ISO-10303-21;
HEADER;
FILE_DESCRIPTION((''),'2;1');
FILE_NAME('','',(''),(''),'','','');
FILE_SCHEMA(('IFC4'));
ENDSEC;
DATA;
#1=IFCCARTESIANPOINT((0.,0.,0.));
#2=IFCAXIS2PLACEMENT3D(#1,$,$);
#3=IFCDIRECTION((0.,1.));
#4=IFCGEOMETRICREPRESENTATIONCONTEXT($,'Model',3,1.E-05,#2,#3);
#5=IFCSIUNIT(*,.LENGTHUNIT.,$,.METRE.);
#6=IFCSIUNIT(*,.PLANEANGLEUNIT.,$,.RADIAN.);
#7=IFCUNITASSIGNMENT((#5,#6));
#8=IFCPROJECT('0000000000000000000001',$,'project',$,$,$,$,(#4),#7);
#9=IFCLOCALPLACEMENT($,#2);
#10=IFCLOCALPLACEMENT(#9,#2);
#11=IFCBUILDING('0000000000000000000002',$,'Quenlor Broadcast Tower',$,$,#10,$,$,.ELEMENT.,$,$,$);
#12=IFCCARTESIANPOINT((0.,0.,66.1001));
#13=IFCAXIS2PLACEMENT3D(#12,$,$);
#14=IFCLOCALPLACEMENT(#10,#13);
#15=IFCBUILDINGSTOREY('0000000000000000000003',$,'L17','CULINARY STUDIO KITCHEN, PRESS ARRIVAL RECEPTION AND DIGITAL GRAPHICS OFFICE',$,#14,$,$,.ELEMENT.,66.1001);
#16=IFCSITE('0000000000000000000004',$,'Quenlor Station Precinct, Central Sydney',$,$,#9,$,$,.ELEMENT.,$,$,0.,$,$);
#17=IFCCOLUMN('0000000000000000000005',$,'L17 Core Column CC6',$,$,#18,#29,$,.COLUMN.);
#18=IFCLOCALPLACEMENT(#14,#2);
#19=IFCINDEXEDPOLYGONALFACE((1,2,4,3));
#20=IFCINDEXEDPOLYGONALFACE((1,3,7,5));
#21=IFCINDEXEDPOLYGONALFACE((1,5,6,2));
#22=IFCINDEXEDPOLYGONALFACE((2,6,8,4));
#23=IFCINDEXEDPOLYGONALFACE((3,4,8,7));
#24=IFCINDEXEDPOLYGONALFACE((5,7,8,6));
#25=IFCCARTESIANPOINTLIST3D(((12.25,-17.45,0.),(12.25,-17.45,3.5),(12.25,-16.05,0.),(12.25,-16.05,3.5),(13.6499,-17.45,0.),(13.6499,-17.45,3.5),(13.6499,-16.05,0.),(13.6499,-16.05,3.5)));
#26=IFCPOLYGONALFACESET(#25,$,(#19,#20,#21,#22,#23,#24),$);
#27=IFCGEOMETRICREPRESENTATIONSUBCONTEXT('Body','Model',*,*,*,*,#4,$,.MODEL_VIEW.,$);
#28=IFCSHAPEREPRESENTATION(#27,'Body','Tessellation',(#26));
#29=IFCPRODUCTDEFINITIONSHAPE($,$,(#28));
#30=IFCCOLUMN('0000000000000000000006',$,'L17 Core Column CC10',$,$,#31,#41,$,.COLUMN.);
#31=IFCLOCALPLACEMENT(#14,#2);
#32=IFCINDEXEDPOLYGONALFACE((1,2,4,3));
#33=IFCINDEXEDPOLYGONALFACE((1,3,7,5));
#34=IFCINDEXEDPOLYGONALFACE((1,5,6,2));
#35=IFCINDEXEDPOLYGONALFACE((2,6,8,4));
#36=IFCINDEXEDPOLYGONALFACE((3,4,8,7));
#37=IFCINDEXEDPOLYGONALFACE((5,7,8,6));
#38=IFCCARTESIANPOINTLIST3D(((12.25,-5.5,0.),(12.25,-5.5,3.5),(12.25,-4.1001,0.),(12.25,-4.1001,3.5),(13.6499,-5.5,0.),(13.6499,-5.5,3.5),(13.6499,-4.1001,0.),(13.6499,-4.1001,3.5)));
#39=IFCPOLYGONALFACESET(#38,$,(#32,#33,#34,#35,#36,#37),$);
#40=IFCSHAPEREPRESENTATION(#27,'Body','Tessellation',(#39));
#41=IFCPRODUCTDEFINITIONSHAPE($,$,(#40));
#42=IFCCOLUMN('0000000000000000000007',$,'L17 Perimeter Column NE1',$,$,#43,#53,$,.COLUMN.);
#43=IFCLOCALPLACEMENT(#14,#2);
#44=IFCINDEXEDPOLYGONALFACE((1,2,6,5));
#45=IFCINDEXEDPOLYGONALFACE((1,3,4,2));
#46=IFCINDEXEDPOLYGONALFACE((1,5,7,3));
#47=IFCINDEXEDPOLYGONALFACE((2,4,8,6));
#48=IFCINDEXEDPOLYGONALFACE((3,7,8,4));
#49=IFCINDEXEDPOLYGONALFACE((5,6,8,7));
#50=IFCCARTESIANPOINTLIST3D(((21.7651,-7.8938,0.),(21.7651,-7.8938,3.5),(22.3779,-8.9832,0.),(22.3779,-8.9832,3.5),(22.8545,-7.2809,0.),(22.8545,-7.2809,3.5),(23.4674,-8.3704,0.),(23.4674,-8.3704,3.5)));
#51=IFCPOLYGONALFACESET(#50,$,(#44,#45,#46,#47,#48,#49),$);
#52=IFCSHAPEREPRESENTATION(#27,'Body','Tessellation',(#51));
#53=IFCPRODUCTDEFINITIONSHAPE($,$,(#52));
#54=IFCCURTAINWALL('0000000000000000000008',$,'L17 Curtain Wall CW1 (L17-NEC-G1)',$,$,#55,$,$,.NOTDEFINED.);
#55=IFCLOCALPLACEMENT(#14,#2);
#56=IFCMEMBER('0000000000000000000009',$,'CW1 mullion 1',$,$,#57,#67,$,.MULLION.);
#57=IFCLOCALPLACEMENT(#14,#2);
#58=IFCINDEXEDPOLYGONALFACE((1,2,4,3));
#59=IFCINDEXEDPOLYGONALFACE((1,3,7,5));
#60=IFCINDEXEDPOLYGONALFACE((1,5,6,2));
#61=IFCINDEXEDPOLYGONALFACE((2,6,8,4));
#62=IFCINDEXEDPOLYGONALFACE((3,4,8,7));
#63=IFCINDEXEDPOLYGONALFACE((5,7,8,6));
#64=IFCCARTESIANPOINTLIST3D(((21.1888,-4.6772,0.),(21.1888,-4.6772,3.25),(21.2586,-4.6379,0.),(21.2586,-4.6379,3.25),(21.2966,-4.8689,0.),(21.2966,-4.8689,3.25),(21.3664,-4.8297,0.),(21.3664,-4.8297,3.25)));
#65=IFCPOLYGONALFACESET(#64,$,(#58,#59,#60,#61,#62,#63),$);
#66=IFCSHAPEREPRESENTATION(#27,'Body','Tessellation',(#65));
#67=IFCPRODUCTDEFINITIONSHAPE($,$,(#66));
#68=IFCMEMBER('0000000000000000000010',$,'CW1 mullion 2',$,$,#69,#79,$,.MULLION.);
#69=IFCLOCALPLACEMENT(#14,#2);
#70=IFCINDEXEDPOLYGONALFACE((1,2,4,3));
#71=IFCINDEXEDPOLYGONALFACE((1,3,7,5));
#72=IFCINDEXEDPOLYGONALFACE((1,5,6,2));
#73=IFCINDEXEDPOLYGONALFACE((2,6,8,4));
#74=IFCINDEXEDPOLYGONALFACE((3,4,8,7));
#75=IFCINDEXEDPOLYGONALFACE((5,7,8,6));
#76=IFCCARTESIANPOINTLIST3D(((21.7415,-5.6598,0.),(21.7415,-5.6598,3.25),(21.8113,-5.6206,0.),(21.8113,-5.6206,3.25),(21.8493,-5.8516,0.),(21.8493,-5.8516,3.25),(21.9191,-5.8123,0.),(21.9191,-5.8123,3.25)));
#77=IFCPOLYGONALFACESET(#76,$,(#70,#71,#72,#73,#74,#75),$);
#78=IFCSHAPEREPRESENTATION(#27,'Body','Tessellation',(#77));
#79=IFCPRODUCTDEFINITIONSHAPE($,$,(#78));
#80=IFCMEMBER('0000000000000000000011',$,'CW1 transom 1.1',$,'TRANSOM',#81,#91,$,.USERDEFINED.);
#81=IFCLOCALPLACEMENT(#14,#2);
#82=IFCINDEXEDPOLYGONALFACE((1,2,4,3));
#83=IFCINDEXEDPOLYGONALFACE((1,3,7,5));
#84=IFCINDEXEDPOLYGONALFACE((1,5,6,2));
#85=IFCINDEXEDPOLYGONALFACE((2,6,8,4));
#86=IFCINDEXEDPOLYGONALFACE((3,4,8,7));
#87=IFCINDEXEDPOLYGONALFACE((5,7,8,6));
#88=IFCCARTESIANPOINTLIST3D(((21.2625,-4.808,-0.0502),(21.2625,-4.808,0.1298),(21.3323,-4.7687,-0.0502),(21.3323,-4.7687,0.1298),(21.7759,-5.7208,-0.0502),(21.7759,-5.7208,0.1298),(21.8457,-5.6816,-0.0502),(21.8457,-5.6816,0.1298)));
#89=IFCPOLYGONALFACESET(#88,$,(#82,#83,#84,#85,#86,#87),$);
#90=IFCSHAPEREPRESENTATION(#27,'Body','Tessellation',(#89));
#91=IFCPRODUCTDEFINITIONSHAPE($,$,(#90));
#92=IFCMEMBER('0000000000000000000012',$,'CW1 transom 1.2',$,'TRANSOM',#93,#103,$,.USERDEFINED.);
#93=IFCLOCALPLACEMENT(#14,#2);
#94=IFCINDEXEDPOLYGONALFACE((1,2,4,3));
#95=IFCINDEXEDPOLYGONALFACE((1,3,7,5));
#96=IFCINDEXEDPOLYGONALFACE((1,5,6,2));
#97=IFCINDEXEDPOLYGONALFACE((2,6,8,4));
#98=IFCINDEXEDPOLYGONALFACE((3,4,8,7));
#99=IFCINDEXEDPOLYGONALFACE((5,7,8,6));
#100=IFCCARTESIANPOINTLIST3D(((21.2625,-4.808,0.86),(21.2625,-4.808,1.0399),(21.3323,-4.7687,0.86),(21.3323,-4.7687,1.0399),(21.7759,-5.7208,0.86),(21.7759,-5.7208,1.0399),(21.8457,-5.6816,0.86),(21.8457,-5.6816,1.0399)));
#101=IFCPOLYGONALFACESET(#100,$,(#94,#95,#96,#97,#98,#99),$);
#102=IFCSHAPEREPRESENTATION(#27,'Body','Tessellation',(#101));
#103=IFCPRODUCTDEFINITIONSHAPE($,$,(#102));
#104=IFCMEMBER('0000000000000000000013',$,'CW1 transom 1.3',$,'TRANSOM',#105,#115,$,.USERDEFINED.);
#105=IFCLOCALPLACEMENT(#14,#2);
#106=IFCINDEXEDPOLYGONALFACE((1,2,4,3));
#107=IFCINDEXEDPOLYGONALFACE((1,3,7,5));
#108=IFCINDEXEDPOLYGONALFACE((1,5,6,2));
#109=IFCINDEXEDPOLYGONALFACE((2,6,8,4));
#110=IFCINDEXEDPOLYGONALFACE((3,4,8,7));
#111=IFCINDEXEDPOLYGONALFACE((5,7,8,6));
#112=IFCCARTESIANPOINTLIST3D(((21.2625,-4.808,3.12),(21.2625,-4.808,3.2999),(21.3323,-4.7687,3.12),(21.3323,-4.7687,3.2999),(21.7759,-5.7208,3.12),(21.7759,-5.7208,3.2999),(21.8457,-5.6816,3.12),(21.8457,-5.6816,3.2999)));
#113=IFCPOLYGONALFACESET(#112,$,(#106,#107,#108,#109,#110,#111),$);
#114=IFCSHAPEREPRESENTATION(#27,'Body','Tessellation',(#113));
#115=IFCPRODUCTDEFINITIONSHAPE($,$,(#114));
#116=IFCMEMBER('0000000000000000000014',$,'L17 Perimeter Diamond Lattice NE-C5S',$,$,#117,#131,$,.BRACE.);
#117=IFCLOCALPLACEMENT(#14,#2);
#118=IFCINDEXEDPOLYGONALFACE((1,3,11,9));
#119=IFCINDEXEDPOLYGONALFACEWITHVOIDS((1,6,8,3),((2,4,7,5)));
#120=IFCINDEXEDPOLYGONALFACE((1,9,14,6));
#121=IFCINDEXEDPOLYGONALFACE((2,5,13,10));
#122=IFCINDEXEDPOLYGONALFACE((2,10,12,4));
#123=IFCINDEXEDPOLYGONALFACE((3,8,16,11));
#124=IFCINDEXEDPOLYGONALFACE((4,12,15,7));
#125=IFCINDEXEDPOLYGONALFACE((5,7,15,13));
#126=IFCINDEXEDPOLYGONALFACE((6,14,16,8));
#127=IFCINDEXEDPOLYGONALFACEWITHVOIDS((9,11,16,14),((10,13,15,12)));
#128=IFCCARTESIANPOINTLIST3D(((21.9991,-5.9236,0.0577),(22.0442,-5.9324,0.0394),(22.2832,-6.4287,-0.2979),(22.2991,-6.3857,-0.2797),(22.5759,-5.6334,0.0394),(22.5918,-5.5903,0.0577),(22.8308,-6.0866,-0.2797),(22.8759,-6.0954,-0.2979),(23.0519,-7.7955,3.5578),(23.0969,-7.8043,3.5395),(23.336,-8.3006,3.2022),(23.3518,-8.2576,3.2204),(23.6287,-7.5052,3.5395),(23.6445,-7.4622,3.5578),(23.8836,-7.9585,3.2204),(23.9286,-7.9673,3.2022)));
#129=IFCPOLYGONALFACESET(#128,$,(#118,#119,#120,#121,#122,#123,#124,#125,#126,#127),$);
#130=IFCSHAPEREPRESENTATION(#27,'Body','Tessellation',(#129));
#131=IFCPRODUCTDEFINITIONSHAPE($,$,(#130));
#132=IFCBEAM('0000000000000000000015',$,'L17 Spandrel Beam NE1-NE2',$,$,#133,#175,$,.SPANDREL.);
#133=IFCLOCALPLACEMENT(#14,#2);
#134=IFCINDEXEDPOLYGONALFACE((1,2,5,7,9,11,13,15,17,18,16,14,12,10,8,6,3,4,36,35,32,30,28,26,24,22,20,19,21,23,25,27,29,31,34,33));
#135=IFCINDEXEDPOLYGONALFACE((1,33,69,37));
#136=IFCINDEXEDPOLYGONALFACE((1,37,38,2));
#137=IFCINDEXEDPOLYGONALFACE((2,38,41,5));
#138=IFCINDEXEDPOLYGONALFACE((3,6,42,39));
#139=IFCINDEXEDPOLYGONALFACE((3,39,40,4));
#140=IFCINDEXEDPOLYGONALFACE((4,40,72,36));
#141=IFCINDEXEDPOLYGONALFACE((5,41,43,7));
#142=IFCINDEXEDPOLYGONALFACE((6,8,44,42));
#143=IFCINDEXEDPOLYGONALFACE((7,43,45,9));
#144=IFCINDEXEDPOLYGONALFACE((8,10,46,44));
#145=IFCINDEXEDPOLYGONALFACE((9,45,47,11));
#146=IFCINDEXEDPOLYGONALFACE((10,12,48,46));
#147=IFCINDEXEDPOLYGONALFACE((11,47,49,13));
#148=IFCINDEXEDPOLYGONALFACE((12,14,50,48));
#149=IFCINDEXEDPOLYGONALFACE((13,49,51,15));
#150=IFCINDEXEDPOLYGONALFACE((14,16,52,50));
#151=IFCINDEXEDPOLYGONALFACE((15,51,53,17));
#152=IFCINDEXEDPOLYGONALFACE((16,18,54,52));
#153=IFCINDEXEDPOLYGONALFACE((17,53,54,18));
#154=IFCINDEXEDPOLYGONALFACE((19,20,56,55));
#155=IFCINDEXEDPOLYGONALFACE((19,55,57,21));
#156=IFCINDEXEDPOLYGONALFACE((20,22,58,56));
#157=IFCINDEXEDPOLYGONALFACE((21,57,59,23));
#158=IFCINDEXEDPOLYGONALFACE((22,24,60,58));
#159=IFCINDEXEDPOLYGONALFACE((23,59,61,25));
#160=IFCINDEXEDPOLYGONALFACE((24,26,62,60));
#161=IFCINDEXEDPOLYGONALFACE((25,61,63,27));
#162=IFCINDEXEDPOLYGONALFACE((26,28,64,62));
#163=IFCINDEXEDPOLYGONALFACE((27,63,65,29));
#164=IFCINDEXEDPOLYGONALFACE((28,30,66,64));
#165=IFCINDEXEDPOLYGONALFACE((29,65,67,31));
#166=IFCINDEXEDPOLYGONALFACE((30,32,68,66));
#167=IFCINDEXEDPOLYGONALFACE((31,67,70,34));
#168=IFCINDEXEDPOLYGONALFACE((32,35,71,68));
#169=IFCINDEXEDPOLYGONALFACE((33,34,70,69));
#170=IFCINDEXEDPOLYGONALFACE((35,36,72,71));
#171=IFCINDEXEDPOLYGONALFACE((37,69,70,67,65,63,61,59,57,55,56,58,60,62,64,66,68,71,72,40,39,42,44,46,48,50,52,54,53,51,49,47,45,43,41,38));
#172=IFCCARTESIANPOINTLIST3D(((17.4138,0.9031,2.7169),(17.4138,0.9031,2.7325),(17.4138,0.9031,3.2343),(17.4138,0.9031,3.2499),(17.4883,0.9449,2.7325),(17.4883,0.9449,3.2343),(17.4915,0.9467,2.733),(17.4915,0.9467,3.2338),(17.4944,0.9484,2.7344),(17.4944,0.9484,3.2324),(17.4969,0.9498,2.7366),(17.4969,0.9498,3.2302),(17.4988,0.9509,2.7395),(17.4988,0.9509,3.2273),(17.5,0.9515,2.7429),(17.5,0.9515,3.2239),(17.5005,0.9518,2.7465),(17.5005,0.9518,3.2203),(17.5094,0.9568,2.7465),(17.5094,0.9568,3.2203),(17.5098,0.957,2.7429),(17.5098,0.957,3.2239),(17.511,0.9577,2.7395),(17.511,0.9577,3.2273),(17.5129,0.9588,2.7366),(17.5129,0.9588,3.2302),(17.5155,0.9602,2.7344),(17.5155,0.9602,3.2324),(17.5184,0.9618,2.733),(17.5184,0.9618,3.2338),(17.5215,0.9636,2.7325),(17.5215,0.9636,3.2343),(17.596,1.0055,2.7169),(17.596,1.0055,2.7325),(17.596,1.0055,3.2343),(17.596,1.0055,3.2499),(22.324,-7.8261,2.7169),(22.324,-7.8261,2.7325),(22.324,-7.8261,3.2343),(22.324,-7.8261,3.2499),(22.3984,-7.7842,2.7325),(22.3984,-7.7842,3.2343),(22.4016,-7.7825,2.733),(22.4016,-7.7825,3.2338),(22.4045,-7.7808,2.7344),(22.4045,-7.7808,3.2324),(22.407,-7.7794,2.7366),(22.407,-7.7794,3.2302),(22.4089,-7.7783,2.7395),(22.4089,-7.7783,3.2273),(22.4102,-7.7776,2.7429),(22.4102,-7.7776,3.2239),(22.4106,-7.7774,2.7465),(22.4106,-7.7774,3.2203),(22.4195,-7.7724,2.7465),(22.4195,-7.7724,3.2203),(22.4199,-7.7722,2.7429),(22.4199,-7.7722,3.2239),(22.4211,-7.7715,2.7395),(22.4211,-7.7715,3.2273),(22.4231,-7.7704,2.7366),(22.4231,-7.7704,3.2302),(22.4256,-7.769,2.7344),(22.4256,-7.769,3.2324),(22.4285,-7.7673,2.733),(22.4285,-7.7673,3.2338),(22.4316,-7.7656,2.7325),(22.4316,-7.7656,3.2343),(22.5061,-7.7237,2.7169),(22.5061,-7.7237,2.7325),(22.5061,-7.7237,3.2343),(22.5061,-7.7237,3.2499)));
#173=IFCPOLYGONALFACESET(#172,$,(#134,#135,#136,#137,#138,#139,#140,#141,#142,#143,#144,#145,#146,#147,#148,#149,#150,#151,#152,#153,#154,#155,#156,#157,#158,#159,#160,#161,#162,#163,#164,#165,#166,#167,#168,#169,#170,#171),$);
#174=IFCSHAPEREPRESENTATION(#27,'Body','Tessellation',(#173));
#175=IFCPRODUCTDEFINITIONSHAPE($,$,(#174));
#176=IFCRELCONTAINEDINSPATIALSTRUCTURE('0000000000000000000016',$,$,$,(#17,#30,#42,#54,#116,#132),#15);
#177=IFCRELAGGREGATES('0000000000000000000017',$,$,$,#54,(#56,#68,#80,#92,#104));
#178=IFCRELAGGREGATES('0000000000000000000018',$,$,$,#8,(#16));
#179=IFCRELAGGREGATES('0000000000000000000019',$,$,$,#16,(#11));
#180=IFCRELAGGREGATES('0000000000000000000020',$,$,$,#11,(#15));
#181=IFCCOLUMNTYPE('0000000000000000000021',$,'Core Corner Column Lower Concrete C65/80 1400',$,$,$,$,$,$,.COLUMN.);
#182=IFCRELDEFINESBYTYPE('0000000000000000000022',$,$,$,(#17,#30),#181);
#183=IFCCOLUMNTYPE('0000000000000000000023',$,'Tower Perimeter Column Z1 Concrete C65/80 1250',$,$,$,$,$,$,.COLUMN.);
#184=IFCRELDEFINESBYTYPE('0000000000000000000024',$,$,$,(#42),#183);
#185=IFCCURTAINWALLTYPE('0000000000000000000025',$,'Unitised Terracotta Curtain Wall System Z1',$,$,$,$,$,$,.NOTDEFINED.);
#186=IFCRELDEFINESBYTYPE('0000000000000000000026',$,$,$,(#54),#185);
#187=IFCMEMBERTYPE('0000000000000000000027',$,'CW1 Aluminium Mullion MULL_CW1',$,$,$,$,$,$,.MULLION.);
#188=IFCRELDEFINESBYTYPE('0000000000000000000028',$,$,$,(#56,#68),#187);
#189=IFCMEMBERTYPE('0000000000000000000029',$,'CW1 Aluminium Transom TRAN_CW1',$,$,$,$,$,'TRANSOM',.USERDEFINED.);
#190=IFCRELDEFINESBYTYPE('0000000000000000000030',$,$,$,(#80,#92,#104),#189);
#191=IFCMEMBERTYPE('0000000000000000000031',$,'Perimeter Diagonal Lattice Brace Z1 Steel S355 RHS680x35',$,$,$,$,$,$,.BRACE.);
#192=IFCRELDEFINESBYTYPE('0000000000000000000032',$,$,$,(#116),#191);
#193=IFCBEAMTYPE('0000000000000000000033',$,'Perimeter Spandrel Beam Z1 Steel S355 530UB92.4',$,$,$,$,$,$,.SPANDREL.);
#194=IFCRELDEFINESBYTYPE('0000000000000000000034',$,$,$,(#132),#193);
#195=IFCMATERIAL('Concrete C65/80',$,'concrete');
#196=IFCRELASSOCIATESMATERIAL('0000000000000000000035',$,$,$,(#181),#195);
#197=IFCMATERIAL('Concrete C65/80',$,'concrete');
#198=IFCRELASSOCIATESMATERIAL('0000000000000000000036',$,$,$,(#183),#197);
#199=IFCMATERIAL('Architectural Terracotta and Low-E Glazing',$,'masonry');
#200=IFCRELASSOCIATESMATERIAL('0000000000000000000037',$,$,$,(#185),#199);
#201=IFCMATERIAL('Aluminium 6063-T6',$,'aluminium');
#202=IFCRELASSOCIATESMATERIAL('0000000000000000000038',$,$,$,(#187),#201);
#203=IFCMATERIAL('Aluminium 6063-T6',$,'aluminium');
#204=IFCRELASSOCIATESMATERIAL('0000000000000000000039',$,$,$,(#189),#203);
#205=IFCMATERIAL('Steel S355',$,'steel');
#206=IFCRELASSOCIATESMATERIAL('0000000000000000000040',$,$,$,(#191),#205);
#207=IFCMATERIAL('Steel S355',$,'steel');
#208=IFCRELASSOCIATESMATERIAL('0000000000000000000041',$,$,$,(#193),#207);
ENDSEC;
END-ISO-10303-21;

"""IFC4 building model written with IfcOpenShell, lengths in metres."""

from ifc_helpers import new_model, si_unit, direction, frame, origin, origin_2d, place, context, subcontext, project, spatial, rectangle, hollow_rectangle, i_section, extrude, material, material_profile, profile_set, type_object, element, aggregate, save


model = new_model("IFC4")

# Units and contexts
model_context = context("Model", 3, precision=1e-05, world=origin(), true_north=direction((0.0, 1.0)))
body_context = subcontext(model_context, "Body", "Model", "MODEL_VIEW")
ifc_project = project(units=[si_unit("LENGTHUNIT", "METRE"), si_unit("PLANEANGLEUNIT", "RADIAN")], contexts=[model_context])

# Site, building, storey
site_placement = place(None, origin())
site = spatial("IfcSite", under=ifc_project, at=site_placement, Name="Quenlor Station Precinct, Central Sydney", CompositionType="ELEMENT", RefElevation=0.0)
building_placement = place(site_placement, origin())
building = spatial("IfcBuilding", under=site, at=building_placement, Name="Quenlor Broadcast Tower", CompositionType="ELEMENT")
storey_placement = place(building_placement, frame((0.0, 0.0, 66.1001)))
storey = spatial("IfcBuildingStorey", under=building, at=storey_placement, Name="L17", Description="CULINARY STUDIO KITCHEN, PRESS ARRIVAL RECEPTION AND DIGITAL GRAPHICS OFFICE", CompositionType="ELEMENT", Elevation=66.1001)

# Columns
ifc_material_1 = material(Name="Concrete C65/80", Category="concrete")
ifc_material_profile_1 = material_profile(ifc_material_1, rectangle(XDim=1.3999, YDim=1.3999, at=origin_2d()))
ifc_profile_set_1 = profile_set([ifc_material_profile_1], Name="Concrete C65/80 RC1400x1400")
column_type_1 = type_object("IfcColumnType", Name="Core Corner Column Lower Concrete C65/80 1400", PredefinedType="COLUMN", material=ifc_profile_set_1)
for number, where, z_axis, x_axis, name in (
    (1, (12.95, -16.75, 0.0), (0.0, 0.0, 1.0), (1.0, 0.0, 0.0), "L17 Core Column CC6"),
    (2, (12.95, -4.8, 0.0), (0.0, 0.0, 1.0), (1.0, 0.0, 0.0), "L17 Core Column CC10"),
):
    element("IfcColumn", number, at=place(storey_placement, frame(where, z_axis=z_axis, x_axis=x_axis)), inside=storey, type_object=column_type_1, Name=name, PredefinedType="COLUMN", context=body_context, shape_type="SweptSolid", body=[
        extrude(rectangle(XDim=1.3999, YDim=1.3999, at=origin_2d()), origin(), (0.0, 0.0, 1.0), 3.5),
    ])
ifc_material_2 = material(Name="Concrete C65/80", Category="concrete")
ifc_material_profile_2 = material_profile(ifc_material_2, rectangle(XDim=1.25, YDim=1.25, at=origin_2d()))
ifc_profile_set_2 = profile_set([ifc_material_profile_2], Name="Concrete C65/80 RC1250x1250")
column_type_2 = type_object("IfcColumnType", Name="Tower Perimeter Column Z1 Concrete C65/80 1250", PredefinedType="COLUMN", material=ifc_profile_set_2)
column_placement = place(storey_placement, frame((22.6162, -8.1321, 0.0), z_axis=(0.0, 0.0, 1.0), x_axis=(0.871575, 0.490262, 0.0)))
element("IfcColumn", 3, at=column_placement, inside=storey, type_object=column_type_2, Name="L17 Perimeter Column NE1", PredefinedType="COLUMN", context=body_context, shape_type="SweptSolid", body=[
    extrude(rectangle(XDim=1.25, YDim=1.25, at=origin_2d()), origin(), (0.0, 0.0, 1.0), 3.5),
])

# Curtain wall, members
ifc_material_3 = material(Name="Architectural Terracotta and Low-E Glazing", Category="masonry")
curtain_wall_type = type_object("IfcCurtainWallType", Name="Unitised Terracotta Curtain Wall System Z1", PredefinedType="NOTDEFINED", material=ifc_material_3)
curtain_wall_placement = place(storey_placement, origin())
curtain_wall = element("IfcCurtainWall", 4, at=curtain_wall_placement, inside=storey, type_object=curtain_wall_type, Name="L17 Curtain Wall CW1 (L17-NEC-G1)", PredefinedType="NOTDEFINED")
ifc_material_4 = material(Name="Aluminium 6063-T6", Category="aluminium")
ifc_material_profile_3 = material_profile(ifc_material_4, rectangle(XDim=0.0801, YDim=0.22, at=origin_2d()))
ifc_profile_set_3 = profile_set([ifc_material_profile_3], Name="Aluminium 6063-T6 MULL80x220")
member_type_1 = type_object("IfcMemberType", Name="CW1 Aluminium Mullion MULL_CW1", PredefinedType="MULLION", material=ifc_profile_set_3)
member_1_placement = place(storey_placement, frame((21.2776, -4.7534, 0.0), z_axis=(0.0, 0.0, 1.0), x_axis=(0.871602, 0.490214, 0.0)))
member_1 = element("IfcMember", 5, at=member_1_placement, type_object=member_type_1, Name="CW1 mullion 1", PredefinedType="MULLION", context=body_context, shape_type="SweptSolid", body=[
    extrude(rectangle(XDim=0.0801, YDim=0.22, at=origin_2d()), origin(), (0.0, 0.0, 1.0), 3.25),
])
member_2_placement = place(storey_placement, frame((21.8303, -5.7361, 0.0), z_axis=(0.0, 0.0, 1.0), x_axis=(0.871602, 0.490214, 0.0)))
member_2 = element("IfcMember", 6, at=member_2_placement, type_object=member_type_1, Name="CW1 mullion 2", PredefinedType="MULLION", context=body_context, shape_type="SweptSolid", body=[
    extrude(rectangle(XDim=0.0801, YDim=0.22, at=origin_2d()), origin(), (0.0, 0.0, 1.0), 3.25),
])
ifc_material_5 = material(Name="Aluminium 6063-T6", Category="aluminium")
ifc_material_profile_4 = material_profile(ifc_material_5, rectangle(XDim=0.0801, YDim=0.1799, at=origin_2d()))
ifc_profile_set_4 = profile_set([ifc_material_profile_4], Name="Aluminium 6063-T6 TRAN80x180")
member_type_2 = type_object("IfcMemberType", Name="CW1 Aluminium Transom TRAN_CW1", ElementType="TRANSOM", PredefinedType="USERDEFINED", material=ifc_profile_set_4)
member_3_placement = place(storey_placement, frame((21.2974, -4.7883, 0.0398), z_axis=(0.490228, -0.871594, 0.0), x_axis=(0.871594, 0.490228, 0.0)))
member_3 = element("IfcMember", 7, at=member_3_placement, type_object=member_type_2, Name="CW1 transom 1.1", ObjectType="TRANSOM", PredefinedType="USERDEFINED", context=body_context, shape_type="SweptSolid", body=[
    extrude(rectangle(XDim=0.0801, YDim=0.1799, at=origin_2d()), origin(), (0.0, 0.0, 1.0), 1.0474),
])
member_4_placement = place(storey_placement, frame((21.2974, -4.7883, 0.95), z_axis=(0.490228, -0.871594, 0.0), x_axis=(0.871594, 0.490228, 0.0)))
member_4 = element("IfcMember", 8, at=member_4_placement, type_object=member_type_2, Name="CW1 transom 1.2", ObjectType="TRANSOM", PredefinedType="USERDEFINED", context=body_context, shape_type="SweptSolid", body=[
    extrude(rectangle(XDim=0.0801, YDim=0.1799, at=origin_2d()), origin(), (0.0, 0.0, 1.0), 1.0474),
])
member_5_placement = place(storey_placement, frame((21.2974, -4.7883, 3.21), z_axis=(0.490228, -0.871594, 0.0), x_axis=(0.871594, 0.490228, 0.0)))
member_5 = element("IfcMember", 9, at=member_5_placement, type_object=member_type_2, Name="CW1 transom 1.3", ObjectType="TRANSOM", PredefinedType="USERDEFINED", context=body_context, shape_type="SweptSolid", body=[
    extrude(rectangle(XDim=0.0801, YDim=0.1799, at=origin_2d()), origin(), (0.0, 0.0, 1.0), 1.0474),
])

# Member
ifc_material_6 = material(Name="Steel S355", Category="steel")
ifc_material_profile_5 = material_profile(ifc_material_6, hollow_rectangle(XDim=0.6799, YDim=0.6799, WallThickness=0.0349, at=origin_2d()))
ifc_profile_set_5 = profile_set([ifc_material_profile_5], Name="Steel S355 RHS680x680x35")
member_type_3 = type_object("IfcMemberType", Name="Perimeter Diagonal Lattice Brace Z1 Steel S355 RHS680x35", PredefinedType="BRACE", material=ifc_profile_set_5)
member_6_placement = place(storey_placement, frame((22.4375, -6.0095, -0.1201), z_axis=(0.256368, -0.455839, 0.852342), x_axis=(0.871609, 0.490202, 0.0)))
element("IfcMember", 10, at=member_6_placement, inside=storey, type_object=member_type_3, Name="L17 Perimeter Diamond Lattice NE-C5S", PredefinedType="BRACE", context=body_context, shape_type="SweptSolid", body=[
    extrude(hollow_rectangle(XDim=0.6799, YDim=0.6799, WallThickness=0.0349, at=origin_2d()), origin(), (0.0, 0.0, 1.0), 4.1064),
])

# Beam
ifc_material_7 = material(Name="Steel S355", Category="steel")
ifc_material_profile_6 = material_profile(ifc_material_7, i_section(OverallWidth=0.209, OverallDepth=0.533, WebThickness=0.0103, FlangeThickness=0.0156, FilletRadius=0.0139, at=origin_2d()))
ifc_profile_set_6 = profile_set([ifc_material_profile_6], Name="Steel S355 530UB92.4")
beam_type_1 = type_object("IfcBeamType", Name="Perimeter Spandrel Beam Z1 Steel S355 530UB92.4", PredefinedType="SPANDREL", material=ifc_profile_set_6)
beam_1_placement = place(storey_placement, frame((22.415, -7.7749, 2.9834), z_axis=(-0.490258, 0.871577, 0.0), x_axis=(-0.871577, -0.490258, 0.0)))
element("IfcBeam", 11, at=beam_1_placement, inside=storey, type_object=beam_type_1, Name="L17 Spandrel Beam NE1-NE2", PredefinedType="SPANDREL", context=body_context, shape_type="SweptSolid", body=[
    extrude(i_section(OverallWidth=0.209, OverallDepth=0.533, WebThickness=0.0103, FlangeThickness=0.0156, FilletRadius=0.0139, at=origin_2d()), origin(), (0.0, 0.0, 1.0), 10.0154),
])

aggregate(curtain_wall, [member_1, member_2, member_3, member_4, member_5])

save(model, "model.ifc")
